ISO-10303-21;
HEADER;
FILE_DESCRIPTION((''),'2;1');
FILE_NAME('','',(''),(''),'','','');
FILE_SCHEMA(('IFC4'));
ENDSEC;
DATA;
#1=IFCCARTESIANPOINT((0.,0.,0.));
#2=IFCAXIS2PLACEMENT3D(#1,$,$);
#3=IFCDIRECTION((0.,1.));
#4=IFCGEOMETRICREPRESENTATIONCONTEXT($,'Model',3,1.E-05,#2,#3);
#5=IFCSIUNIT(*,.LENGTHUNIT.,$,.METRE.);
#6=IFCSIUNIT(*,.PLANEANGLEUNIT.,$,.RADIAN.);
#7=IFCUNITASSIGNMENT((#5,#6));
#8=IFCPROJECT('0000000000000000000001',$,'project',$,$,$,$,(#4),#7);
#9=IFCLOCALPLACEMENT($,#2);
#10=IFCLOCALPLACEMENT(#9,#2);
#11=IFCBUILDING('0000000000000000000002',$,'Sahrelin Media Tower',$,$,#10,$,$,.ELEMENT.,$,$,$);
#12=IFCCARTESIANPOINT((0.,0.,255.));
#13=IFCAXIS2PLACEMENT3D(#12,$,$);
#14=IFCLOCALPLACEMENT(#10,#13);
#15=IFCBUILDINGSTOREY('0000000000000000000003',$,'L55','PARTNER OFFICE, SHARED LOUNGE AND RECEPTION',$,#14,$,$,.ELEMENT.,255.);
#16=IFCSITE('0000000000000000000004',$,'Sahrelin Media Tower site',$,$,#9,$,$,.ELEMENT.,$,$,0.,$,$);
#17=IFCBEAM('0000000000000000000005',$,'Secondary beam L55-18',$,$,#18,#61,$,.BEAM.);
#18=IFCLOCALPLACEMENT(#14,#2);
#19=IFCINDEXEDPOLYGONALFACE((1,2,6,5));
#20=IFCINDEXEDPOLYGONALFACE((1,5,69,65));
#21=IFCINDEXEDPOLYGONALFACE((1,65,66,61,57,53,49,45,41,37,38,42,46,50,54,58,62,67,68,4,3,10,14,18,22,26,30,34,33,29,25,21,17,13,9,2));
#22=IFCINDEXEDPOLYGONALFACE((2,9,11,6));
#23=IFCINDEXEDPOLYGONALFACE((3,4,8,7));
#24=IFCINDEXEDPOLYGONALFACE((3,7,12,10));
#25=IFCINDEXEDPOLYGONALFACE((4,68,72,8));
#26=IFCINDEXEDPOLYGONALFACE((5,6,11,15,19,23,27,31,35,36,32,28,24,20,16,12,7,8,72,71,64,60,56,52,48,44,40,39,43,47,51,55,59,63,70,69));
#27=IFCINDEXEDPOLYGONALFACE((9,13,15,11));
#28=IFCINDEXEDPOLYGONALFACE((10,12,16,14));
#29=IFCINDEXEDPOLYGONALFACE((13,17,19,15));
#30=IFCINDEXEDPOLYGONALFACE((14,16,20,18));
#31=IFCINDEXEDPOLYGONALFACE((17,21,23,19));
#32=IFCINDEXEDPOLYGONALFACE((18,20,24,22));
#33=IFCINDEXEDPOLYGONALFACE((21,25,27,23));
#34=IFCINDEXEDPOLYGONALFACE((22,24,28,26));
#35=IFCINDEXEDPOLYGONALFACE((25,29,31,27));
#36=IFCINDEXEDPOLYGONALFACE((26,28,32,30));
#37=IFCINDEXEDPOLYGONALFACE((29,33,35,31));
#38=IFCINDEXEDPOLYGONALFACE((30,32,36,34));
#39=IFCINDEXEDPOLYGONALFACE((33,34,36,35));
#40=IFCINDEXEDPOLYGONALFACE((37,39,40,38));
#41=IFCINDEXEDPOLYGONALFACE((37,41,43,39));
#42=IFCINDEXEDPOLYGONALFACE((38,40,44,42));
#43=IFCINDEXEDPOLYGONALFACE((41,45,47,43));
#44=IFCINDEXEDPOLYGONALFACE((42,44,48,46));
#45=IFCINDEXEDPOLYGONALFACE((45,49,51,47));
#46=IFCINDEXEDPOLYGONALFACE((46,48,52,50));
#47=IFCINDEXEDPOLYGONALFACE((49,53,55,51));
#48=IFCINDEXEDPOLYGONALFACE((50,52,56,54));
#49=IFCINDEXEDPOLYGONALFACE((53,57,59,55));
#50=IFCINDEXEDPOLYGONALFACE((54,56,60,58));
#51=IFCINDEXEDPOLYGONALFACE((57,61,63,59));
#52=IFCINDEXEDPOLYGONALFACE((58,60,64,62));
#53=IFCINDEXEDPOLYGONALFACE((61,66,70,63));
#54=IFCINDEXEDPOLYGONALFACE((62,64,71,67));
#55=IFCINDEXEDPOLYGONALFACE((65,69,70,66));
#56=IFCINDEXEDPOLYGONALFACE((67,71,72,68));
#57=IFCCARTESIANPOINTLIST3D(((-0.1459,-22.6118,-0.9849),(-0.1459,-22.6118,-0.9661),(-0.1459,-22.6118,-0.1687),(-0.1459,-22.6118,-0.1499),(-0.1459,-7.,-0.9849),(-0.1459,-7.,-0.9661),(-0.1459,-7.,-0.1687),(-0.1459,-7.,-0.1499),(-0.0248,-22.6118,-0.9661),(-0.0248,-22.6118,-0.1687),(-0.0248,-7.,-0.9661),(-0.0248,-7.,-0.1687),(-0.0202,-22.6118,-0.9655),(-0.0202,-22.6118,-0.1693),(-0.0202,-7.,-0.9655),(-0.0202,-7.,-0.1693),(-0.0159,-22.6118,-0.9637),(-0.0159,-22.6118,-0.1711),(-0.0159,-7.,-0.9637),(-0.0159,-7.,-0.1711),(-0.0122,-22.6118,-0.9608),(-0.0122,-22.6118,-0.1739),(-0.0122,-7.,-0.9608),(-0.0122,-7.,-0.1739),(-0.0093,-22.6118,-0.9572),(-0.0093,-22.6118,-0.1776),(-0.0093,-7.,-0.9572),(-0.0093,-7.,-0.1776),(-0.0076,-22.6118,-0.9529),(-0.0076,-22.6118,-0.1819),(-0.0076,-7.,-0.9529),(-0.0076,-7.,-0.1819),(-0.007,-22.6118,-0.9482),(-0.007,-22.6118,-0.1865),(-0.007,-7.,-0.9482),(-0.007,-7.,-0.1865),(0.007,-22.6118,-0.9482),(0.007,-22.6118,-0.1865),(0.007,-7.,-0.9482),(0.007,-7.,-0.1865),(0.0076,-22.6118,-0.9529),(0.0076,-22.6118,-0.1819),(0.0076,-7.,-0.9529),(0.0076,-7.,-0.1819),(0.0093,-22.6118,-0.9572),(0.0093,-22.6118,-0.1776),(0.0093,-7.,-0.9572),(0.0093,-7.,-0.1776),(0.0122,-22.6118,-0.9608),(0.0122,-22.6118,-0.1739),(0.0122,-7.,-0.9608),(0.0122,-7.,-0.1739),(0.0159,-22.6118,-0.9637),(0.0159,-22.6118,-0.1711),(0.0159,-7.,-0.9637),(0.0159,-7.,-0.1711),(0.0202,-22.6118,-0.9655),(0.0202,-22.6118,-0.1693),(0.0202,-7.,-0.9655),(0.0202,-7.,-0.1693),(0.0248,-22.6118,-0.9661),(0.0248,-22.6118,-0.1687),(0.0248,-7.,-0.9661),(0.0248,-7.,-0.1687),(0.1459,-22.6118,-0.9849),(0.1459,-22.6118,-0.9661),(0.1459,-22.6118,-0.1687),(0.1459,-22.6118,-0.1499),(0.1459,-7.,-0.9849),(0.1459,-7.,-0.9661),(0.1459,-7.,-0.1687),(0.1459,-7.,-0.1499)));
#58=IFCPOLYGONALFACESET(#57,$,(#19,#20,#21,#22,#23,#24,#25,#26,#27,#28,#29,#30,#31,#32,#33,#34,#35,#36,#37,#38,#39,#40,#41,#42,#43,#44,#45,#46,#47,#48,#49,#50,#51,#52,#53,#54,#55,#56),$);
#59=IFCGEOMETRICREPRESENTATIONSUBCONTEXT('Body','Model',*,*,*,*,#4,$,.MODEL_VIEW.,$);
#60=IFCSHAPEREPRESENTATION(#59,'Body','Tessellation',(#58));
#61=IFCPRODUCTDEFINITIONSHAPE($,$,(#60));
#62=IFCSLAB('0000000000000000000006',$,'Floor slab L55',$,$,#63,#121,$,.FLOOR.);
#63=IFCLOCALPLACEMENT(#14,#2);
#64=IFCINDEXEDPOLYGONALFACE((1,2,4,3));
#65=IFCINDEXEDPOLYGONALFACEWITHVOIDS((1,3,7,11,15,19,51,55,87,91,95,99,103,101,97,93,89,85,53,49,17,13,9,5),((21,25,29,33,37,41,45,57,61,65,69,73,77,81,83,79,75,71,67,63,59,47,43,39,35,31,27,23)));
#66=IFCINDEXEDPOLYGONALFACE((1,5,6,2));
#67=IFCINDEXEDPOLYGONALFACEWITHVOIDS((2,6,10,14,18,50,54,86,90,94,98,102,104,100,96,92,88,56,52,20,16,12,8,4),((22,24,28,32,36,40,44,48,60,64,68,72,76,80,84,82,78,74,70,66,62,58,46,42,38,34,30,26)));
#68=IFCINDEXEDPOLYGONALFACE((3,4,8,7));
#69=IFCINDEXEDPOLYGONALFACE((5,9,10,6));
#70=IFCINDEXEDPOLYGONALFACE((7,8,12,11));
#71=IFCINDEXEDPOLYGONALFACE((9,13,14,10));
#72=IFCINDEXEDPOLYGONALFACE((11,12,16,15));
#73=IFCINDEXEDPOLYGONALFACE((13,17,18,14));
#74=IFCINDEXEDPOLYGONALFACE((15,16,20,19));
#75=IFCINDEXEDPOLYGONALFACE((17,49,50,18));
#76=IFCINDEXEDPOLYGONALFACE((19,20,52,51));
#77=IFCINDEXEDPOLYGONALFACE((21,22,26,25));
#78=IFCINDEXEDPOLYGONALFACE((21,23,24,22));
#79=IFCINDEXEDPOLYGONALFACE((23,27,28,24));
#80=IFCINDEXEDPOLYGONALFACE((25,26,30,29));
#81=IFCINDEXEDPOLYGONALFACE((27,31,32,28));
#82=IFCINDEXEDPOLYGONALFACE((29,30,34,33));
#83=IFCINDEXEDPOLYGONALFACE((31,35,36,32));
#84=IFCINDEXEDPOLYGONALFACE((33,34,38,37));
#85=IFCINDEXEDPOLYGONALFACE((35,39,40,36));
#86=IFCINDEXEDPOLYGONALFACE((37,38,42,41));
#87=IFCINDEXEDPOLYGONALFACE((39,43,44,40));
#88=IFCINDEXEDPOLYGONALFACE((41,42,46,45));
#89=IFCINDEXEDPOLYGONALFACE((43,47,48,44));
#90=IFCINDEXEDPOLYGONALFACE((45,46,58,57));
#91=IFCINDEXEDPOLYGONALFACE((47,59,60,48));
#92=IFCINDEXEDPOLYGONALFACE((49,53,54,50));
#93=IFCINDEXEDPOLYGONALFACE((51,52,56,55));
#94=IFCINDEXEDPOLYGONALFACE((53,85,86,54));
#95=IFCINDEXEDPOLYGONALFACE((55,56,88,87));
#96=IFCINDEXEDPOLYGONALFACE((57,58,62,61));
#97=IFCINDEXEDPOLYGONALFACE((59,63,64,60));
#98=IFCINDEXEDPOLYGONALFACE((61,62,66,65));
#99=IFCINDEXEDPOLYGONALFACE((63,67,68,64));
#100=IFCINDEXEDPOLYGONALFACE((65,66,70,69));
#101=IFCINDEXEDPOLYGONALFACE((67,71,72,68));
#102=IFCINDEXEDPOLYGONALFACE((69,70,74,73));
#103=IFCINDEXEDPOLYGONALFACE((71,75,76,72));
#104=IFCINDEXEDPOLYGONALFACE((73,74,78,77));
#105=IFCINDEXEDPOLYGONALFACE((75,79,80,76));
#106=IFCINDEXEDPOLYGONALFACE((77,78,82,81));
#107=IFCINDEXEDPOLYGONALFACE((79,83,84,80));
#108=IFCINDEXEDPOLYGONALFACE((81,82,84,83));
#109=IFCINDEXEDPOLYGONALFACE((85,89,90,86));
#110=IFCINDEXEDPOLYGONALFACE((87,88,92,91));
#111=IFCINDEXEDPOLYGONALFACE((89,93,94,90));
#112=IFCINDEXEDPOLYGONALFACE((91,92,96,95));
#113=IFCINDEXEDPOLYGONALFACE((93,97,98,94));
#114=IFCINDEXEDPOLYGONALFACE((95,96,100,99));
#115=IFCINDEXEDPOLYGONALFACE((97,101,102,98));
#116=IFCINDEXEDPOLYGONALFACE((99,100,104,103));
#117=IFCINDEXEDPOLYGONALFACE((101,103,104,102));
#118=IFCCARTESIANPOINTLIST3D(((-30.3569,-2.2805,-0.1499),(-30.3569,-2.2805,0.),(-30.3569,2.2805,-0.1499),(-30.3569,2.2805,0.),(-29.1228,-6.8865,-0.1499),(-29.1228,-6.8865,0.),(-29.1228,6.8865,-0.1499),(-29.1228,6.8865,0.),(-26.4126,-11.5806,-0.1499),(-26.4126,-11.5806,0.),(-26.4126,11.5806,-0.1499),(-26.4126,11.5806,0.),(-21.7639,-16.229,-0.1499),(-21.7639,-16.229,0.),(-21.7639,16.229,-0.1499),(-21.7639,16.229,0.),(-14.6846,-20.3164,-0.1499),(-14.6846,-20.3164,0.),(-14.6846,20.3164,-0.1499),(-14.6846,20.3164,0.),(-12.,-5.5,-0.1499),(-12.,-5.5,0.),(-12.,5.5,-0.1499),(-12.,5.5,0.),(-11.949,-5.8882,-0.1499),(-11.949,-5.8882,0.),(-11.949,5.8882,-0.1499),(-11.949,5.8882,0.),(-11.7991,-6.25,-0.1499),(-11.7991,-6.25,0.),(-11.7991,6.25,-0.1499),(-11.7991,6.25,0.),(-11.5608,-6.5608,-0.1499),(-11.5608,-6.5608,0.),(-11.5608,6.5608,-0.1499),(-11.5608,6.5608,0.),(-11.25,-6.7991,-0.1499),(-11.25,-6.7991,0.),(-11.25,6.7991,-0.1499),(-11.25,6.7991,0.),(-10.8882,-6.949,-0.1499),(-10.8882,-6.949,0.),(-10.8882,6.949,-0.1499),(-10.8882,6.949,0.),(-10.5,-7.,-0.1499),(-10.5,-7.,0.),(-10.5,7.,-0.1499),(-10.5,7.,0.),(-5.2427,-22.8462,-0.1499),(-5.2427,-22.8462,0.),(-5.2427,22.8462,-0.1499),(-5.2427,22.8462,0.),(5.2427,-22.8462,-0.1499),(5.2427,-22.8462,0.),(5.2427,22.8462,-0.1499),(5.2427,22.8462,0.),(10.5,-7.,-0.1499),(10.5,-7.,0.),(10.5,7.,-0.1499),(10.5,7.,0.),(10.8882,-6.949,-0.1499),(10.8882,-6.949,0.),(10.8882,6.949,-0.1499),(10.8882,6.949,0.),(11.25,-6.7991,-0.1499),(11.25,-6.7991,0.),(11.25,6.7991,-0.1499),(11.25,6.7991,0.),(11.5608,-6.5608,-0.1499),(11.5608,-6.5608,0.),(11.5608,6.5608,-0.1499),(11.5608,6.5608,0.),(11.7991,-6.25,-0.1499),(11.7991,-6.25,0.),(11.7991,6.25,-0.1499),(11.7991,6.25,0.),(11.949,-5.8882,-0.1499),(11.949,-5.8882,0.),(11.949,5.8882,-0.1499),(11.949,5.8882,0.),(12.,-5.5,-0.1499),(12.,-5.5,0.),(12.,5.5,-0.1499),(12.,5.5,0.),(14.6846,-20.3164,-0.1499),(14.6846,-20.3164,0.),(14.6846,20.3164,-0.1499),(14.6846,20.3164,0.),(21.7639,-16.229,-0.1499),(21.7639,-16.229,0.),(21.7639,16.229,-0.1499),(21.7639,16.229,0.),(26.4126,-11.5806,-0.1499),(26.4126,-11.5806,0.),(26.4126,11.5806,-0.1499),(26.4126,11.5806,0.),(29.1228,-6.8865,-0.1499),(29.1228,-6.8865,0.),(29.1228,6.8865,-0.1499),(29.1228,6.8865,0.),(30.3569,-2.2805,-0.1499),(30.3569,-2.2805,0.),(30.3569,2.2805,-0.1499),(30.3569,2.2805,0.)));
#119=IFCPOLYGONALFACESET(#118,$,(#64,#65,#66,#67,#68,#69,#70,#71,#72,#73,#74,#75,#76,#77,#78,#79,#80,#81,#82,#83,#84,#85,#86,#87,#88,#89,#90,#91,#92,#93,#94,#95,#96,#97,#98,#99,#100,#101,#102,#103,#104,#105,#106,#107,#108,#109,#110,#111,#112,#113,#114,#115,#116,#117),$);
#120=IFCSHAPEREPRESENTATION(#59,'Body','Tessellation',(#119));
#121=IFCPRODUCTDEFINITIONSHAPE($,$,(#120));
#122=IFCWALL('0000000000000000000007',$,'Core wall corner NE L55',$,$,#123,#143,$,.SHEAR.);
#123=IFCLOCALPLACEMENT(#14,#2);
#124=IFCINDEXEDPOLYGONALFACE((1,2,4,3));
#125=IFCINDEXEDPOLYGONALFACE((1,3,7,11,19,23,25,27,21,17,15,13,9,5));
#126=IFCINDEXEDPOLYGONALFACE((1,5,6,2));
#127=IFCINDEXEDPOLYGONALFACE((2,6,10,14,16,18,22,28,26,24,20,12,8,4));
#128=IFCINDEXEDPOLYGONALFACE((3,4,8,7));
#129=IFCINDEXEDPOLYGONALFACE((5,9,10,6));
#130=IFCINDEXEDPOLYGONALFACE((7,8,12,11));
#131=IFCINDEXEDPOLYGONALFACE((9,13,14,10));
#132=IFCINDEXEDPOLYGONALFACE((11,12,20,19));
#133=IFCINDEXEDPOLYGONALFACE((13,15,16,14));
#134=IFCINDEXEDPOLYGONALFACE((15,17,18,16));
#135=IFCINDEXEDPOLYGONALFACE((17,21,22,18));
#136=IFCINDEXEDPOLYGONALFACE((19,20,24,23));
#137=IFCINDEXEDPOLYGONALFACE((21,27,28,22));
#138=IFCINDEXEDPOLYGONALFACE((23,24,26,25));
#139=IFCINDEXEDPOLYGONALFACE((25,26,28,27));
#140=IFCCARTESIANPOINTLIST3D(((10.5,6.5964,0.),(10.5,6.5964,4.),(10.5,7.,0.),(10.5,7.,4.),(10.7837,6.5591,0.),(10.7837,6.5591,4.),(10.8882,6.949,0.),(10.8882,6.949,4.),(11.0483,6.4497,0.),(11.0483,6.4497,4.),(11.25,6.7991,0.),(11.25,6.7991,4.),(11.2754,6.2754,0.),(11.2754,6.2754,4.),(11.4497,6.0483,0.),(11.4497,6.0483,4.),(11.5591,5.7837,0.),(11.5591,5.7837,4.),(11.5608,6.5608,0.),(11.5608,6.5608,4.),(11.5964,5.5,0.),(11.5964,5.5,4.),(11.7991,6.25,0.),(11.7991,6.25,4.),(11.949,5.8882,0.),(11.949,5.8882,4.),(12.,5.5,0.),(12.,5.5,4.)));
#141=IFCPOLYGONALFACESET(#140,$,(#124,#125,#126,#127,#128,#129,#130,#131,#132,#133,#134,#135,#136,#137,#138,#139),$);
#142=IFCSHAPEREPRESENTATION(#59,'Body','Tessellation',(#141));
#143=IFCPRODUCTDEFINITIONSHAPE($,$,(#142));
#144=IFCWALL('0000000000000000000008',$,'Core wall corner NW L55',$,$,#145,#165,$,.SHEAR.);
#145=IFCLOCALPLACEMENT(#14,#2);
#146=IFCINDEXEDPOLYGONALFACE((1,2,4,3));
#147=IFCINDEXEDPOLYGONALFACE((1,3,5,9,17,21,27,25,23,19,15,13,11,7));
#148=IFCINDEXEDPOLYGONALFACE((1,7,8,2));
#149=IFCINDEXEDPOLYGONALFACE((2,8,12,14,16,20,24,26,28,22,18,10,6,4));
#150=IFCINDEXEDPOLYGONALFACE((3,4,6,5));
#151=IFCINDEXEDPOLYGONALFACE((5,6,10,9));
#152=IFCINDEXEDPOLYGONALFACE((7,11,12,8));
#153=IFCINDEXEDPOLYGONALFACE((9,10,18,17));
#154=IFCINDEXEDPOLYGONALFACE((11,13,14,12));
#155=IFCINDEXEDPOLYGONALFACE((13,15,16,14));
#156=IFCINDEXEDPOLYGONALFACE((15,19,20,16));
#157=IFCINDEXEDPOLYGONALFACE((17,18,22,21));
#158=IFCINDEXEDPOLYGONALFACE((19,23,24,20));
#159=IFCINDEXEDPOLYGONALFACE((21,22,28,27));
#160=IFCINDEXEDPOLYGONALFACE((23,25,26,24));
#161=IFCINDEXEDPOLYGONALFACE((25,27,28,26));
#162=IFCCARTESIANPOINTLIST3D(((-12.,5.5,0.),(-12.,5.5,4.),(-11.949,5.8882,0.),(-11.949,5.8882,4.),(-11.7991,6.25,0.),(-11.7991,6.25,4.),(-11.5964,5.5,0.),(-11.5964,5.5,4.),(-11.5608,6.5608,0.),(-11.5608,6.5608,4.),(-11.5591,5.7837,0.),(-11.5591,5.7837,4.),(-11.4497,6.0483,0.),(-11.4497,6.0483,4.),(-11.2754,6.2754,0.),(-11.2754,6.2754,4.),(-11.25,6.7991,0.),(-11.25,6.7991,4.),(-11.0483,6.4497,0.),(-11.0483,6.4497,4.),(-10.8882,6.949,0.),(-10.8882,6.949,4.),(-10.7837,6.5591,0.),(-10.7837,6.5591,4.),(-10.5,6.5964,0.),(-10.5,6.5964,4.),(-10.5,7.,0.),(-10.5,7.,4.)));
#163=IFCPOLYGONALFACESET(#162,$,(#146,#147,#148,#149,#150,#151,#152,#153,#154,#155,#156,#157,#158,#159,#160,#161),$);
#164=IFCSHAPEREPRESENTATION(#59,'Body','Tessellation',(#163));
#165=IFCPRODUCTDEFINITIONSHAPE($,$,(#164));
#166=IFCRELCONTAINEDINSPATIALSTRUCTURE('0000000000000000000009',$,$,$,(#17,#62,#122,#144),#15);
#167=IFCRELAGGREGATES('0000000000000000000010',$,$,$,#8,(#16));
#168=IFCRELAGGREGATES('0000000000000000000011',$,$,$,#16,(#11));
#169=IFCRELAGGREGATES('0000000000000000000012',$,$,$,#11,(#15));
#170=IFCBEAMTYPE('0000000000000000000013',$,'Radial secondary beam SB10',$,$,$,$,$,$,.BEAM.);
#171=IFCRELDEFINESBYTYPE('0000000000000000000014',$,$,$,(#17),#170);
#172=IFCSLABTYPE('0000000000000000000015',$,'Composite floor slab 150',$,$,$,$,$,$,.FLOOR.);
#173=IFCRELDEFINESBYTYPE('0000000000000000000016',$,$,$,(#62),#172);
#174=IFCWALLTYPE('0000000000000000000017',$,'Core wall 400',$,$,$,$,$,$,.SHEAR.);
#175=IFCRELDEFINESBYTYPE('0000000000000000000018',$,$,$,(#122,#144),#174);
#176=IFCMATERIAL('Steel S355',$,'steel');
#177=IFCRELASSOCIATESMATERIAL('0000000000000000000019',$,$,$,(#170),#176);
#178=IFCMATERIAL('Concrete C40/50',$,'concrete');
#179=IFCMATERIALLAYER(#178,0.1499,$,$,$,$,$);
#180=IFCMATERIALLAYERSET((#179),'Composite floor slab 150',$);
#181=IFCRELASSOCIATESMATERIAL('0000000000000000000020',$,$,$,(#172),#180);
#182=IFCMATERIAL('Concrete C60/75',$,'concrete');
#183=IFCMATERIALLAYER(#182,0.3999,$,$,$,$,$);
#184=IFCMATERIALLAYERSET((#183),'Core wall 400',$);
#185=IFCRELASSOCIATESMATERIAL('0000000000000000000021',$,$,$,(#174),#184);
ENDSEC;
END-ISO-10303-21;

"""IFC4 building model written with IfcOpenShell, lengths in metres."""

from ifc_helpers import new_model, si_unit, direction, frame, origin, origin_2d, place, context, subcontext, project, spatial, polyline, i_section, outline, extrude, material, layer, layer_set, material_profile, profile_set, type_object, element, save


model = new_model("IFC4")

# Units and contexts
model_context = context("Model", 3, precision=1e-05, world=origin(), true_north=direction((0.0, 1.0)))
body_context = subcontext(model_context, "Body", "Model", "MODEL_VIEW")
ifc_project = project(units=[si_unit("LENGTHUNIT", "METRE"), si_unit("PLANEANGLEUNIT", "RADIAN")], contexts=[model_context])

# Site, building, storey
site_placement = place(None, origin())
site = spatial("IfcSite", under=ifc_project, at=site_placement, Name="Sahrelin Media Tower site", CompositionType="ELEMENT", RefElevation=0.0)
building_placement = place(site_placement, origin())
building = spatial("IfcBuilding", under=site, at=building_placement, Name="Sahrelin Media Tower", CompositionType="ELEMENT")
storey_placement = place(building_placement, frame((0.0, 0.0, 255.0)))
storey = spatial("IfcBuildingStorey", under=building, at=storey_placement, Name="L55", Description="PARTNER OFFICE, SHARED LOUNGE AND RECEPTION", CompositionType="ELEMENT", Elevation=255.0)

# Beam
ifc_material_1 = material(Name="Steel S355", Category="steel")
ifc_material_profile = material_profile(ifc_material_1, i_section(OverallWidth=0.2917, OverallDepth=0.835, WebThickness=0.0139, FlangeThickness=0.0188, FilletRadius=0.0178, at=origin_2d()), Name="UB 838x292x176")
ifc_profile_set = profile_set([ifc_material_profile], Name="Steel S355")
beam_type = type_object("IfcBeamType", Name="Radial secondary beam SB10", PredefinedType="BEAM", material=ifc_profile_set)
beam_placement = place(storey_placement, frame((0.0, -7.0, -0.5674), z_axis=(0.0, -1.0, 0.0), x_axis=(1.0, 0.0, 0.0)))
element("IfcBeam", 1, at=beam_placement, inside=storey, type_object=beam_type, Name="Secondary beam L55-18", PredefinedType="BEAM", context=body_context, shape_type="SweptSolid", body=[
    extrude(i_section(OverallWidth=0.2917, OverallDepth=0.835, WebThickness=0.0139, FlangeThickness=0.0188, FilletRadius=0.0178, at=origin_2d()), origin(), (0.0, 0.0, 1.0), 15.6118),
])

# Slab
ifc_material_2 = material(Name="Concrete C40/50", Category="concrete")
ifc_layer_1 = layer(ifc_material_2, 0.1499)
ifc_layer_set_1 = layer_set([ifc_layer_1], Name="Composite floor slab 150")
slab_type = type_object("IfcSlabType", Name="Composite floor slab 150", PredefinedType="FLOOR", material=ifc_layer_set_1)
slab_placement = place(storey_placement, frame((0.0, 0.0, -0.1499)))
element("IfcSlab", 2, at=slab_placement, inside=storey, type_object=slab_type, Name="Floor slab L55", PredefinedType="FLOOR", context=body_context, shape_type="SweptSolid", body=[
    extrude(outline(polyline([(30.3569, -2.2805), (30.3569, 2.2805), (29.1228, 6.8865), (26.4126, 11.5806), (21.7639, 16.229), (14.6846, 20.3164), (5.2427, 22.8462), (-5.2427, 22.8462), (-14.6846, 20.3164), (-21.7639, 16.229), (-26.4126, 11.5806), (-29.1228, 6.8865), (-30.3569, 2.2805), (-30.3569, -2.2805), (-29.1228, -6.8865), (-26.4126, -11.5806), (-21.7639, -16.229), (-14.6846, -20.3164), (-5.2427, -22.8462), (5.2427, -22.8462), (14.6846, -20.3164), (21.7639, -16.229), (26.4126, -11.5806), (29.1228, -6.8865), (30.3569, -2.2805)]), holes=[polyline([(11.949, 5.8882), (12.0, 5.5), (12.0, -5.5), (11.949, -5.8882), (11.7991, -6.25), (11.5608, -6.5608), (11.25, -6.7991), (10.8882, -6.949), (10.5, -7.0), (-10.5, -7.0), (-10.8882, -6.949), (-11.25, -6.7991), (-11.5608, -6.5608), (-11.7991, -6.25), (-11.949, -5.8882), (-12.0, -5.5), (-12.0, 5.5), (-11.949, 5.8882), (-11.7991, 6.25), (-11.5608, 6.5608), (-11.25, 6.7991), (-10.8882, 6.949), (-10.5, 7.0), (10.5, 7.0), (10.8882, 6.949), (11.25, 6.7991), (11.5608, 6.5608), (11.7991, 6.25), (11.949, 5.8882)])]), origin(), (0.0, 0.0, 1.0), 0.1499),
])

# Walls
ifc_material_3 = material(Name="Concrete C60/75", Category="concrete")
ifc_layer_2 = layer(ifc_material_3, 0.3999)
ifc_layer_set_2 = layer_set([ifc_layer_2], Name="Core wall 400")
wall_type_1 = type_object("IfcWallType", Name="Core wall 400", PredefinedType="SHEAR", material=ifc_layer_set_2)
placement = place(storey_placement, origin())
element("IfcWall", 3, at=placement, inside=storey, type_object=wall_type_1, Name="Core wall corner NE L55", PredefinedType="SHEAR", context=body_context, shape_type="SweptSolid", body=[
    extrude(outline(polyline([(10.5, 7.0), (10.5, 6.5964), (10.7837, 6.5591), (11.0483, 6.4497), (11.2754, 6.2754), (11.4497, 6.0483), (11.5591, 5.7837), (11.5964, 5.5), (12.0, 5.5), (11.949, 5.8882), (11.7991, 6.25), (11.5608, 6.5608), (11.25, 6.7991), (10.8882, 6.949), (10.5, 7.0)])), origin(), (0.0, 0.0, 1.0), 4.0),
])
element("IfcWall", 4, at=placement, inside=storey, type_object=wall_type_1, Name="Core wall corner NW L55", PredefinedType="SHEAR", context=body_context, shape_type="SweptSolid", body=[
    extrude(outline(polyline([(-12.0, 5.5), (-11.5964, 5.5), (-11.5591, 5.7837), (-11.4497, 6.0483), (-11.2754, 6.2754), (-11.0483, 6.4497), (-10.7837, 6.5591), (-10.5, 6.5964), (-10.5, 7.0), (-10.8882, 6.949), (-11.25, 6.7991), (-11.5608, 6.5608), (-11.7991, 6.25), (-11.949, 5.8882), (-12.0, 5.5)])), origin(), (0.0, 0.0, 1.0), 4.0),
])

save(model, "model.ifc")
